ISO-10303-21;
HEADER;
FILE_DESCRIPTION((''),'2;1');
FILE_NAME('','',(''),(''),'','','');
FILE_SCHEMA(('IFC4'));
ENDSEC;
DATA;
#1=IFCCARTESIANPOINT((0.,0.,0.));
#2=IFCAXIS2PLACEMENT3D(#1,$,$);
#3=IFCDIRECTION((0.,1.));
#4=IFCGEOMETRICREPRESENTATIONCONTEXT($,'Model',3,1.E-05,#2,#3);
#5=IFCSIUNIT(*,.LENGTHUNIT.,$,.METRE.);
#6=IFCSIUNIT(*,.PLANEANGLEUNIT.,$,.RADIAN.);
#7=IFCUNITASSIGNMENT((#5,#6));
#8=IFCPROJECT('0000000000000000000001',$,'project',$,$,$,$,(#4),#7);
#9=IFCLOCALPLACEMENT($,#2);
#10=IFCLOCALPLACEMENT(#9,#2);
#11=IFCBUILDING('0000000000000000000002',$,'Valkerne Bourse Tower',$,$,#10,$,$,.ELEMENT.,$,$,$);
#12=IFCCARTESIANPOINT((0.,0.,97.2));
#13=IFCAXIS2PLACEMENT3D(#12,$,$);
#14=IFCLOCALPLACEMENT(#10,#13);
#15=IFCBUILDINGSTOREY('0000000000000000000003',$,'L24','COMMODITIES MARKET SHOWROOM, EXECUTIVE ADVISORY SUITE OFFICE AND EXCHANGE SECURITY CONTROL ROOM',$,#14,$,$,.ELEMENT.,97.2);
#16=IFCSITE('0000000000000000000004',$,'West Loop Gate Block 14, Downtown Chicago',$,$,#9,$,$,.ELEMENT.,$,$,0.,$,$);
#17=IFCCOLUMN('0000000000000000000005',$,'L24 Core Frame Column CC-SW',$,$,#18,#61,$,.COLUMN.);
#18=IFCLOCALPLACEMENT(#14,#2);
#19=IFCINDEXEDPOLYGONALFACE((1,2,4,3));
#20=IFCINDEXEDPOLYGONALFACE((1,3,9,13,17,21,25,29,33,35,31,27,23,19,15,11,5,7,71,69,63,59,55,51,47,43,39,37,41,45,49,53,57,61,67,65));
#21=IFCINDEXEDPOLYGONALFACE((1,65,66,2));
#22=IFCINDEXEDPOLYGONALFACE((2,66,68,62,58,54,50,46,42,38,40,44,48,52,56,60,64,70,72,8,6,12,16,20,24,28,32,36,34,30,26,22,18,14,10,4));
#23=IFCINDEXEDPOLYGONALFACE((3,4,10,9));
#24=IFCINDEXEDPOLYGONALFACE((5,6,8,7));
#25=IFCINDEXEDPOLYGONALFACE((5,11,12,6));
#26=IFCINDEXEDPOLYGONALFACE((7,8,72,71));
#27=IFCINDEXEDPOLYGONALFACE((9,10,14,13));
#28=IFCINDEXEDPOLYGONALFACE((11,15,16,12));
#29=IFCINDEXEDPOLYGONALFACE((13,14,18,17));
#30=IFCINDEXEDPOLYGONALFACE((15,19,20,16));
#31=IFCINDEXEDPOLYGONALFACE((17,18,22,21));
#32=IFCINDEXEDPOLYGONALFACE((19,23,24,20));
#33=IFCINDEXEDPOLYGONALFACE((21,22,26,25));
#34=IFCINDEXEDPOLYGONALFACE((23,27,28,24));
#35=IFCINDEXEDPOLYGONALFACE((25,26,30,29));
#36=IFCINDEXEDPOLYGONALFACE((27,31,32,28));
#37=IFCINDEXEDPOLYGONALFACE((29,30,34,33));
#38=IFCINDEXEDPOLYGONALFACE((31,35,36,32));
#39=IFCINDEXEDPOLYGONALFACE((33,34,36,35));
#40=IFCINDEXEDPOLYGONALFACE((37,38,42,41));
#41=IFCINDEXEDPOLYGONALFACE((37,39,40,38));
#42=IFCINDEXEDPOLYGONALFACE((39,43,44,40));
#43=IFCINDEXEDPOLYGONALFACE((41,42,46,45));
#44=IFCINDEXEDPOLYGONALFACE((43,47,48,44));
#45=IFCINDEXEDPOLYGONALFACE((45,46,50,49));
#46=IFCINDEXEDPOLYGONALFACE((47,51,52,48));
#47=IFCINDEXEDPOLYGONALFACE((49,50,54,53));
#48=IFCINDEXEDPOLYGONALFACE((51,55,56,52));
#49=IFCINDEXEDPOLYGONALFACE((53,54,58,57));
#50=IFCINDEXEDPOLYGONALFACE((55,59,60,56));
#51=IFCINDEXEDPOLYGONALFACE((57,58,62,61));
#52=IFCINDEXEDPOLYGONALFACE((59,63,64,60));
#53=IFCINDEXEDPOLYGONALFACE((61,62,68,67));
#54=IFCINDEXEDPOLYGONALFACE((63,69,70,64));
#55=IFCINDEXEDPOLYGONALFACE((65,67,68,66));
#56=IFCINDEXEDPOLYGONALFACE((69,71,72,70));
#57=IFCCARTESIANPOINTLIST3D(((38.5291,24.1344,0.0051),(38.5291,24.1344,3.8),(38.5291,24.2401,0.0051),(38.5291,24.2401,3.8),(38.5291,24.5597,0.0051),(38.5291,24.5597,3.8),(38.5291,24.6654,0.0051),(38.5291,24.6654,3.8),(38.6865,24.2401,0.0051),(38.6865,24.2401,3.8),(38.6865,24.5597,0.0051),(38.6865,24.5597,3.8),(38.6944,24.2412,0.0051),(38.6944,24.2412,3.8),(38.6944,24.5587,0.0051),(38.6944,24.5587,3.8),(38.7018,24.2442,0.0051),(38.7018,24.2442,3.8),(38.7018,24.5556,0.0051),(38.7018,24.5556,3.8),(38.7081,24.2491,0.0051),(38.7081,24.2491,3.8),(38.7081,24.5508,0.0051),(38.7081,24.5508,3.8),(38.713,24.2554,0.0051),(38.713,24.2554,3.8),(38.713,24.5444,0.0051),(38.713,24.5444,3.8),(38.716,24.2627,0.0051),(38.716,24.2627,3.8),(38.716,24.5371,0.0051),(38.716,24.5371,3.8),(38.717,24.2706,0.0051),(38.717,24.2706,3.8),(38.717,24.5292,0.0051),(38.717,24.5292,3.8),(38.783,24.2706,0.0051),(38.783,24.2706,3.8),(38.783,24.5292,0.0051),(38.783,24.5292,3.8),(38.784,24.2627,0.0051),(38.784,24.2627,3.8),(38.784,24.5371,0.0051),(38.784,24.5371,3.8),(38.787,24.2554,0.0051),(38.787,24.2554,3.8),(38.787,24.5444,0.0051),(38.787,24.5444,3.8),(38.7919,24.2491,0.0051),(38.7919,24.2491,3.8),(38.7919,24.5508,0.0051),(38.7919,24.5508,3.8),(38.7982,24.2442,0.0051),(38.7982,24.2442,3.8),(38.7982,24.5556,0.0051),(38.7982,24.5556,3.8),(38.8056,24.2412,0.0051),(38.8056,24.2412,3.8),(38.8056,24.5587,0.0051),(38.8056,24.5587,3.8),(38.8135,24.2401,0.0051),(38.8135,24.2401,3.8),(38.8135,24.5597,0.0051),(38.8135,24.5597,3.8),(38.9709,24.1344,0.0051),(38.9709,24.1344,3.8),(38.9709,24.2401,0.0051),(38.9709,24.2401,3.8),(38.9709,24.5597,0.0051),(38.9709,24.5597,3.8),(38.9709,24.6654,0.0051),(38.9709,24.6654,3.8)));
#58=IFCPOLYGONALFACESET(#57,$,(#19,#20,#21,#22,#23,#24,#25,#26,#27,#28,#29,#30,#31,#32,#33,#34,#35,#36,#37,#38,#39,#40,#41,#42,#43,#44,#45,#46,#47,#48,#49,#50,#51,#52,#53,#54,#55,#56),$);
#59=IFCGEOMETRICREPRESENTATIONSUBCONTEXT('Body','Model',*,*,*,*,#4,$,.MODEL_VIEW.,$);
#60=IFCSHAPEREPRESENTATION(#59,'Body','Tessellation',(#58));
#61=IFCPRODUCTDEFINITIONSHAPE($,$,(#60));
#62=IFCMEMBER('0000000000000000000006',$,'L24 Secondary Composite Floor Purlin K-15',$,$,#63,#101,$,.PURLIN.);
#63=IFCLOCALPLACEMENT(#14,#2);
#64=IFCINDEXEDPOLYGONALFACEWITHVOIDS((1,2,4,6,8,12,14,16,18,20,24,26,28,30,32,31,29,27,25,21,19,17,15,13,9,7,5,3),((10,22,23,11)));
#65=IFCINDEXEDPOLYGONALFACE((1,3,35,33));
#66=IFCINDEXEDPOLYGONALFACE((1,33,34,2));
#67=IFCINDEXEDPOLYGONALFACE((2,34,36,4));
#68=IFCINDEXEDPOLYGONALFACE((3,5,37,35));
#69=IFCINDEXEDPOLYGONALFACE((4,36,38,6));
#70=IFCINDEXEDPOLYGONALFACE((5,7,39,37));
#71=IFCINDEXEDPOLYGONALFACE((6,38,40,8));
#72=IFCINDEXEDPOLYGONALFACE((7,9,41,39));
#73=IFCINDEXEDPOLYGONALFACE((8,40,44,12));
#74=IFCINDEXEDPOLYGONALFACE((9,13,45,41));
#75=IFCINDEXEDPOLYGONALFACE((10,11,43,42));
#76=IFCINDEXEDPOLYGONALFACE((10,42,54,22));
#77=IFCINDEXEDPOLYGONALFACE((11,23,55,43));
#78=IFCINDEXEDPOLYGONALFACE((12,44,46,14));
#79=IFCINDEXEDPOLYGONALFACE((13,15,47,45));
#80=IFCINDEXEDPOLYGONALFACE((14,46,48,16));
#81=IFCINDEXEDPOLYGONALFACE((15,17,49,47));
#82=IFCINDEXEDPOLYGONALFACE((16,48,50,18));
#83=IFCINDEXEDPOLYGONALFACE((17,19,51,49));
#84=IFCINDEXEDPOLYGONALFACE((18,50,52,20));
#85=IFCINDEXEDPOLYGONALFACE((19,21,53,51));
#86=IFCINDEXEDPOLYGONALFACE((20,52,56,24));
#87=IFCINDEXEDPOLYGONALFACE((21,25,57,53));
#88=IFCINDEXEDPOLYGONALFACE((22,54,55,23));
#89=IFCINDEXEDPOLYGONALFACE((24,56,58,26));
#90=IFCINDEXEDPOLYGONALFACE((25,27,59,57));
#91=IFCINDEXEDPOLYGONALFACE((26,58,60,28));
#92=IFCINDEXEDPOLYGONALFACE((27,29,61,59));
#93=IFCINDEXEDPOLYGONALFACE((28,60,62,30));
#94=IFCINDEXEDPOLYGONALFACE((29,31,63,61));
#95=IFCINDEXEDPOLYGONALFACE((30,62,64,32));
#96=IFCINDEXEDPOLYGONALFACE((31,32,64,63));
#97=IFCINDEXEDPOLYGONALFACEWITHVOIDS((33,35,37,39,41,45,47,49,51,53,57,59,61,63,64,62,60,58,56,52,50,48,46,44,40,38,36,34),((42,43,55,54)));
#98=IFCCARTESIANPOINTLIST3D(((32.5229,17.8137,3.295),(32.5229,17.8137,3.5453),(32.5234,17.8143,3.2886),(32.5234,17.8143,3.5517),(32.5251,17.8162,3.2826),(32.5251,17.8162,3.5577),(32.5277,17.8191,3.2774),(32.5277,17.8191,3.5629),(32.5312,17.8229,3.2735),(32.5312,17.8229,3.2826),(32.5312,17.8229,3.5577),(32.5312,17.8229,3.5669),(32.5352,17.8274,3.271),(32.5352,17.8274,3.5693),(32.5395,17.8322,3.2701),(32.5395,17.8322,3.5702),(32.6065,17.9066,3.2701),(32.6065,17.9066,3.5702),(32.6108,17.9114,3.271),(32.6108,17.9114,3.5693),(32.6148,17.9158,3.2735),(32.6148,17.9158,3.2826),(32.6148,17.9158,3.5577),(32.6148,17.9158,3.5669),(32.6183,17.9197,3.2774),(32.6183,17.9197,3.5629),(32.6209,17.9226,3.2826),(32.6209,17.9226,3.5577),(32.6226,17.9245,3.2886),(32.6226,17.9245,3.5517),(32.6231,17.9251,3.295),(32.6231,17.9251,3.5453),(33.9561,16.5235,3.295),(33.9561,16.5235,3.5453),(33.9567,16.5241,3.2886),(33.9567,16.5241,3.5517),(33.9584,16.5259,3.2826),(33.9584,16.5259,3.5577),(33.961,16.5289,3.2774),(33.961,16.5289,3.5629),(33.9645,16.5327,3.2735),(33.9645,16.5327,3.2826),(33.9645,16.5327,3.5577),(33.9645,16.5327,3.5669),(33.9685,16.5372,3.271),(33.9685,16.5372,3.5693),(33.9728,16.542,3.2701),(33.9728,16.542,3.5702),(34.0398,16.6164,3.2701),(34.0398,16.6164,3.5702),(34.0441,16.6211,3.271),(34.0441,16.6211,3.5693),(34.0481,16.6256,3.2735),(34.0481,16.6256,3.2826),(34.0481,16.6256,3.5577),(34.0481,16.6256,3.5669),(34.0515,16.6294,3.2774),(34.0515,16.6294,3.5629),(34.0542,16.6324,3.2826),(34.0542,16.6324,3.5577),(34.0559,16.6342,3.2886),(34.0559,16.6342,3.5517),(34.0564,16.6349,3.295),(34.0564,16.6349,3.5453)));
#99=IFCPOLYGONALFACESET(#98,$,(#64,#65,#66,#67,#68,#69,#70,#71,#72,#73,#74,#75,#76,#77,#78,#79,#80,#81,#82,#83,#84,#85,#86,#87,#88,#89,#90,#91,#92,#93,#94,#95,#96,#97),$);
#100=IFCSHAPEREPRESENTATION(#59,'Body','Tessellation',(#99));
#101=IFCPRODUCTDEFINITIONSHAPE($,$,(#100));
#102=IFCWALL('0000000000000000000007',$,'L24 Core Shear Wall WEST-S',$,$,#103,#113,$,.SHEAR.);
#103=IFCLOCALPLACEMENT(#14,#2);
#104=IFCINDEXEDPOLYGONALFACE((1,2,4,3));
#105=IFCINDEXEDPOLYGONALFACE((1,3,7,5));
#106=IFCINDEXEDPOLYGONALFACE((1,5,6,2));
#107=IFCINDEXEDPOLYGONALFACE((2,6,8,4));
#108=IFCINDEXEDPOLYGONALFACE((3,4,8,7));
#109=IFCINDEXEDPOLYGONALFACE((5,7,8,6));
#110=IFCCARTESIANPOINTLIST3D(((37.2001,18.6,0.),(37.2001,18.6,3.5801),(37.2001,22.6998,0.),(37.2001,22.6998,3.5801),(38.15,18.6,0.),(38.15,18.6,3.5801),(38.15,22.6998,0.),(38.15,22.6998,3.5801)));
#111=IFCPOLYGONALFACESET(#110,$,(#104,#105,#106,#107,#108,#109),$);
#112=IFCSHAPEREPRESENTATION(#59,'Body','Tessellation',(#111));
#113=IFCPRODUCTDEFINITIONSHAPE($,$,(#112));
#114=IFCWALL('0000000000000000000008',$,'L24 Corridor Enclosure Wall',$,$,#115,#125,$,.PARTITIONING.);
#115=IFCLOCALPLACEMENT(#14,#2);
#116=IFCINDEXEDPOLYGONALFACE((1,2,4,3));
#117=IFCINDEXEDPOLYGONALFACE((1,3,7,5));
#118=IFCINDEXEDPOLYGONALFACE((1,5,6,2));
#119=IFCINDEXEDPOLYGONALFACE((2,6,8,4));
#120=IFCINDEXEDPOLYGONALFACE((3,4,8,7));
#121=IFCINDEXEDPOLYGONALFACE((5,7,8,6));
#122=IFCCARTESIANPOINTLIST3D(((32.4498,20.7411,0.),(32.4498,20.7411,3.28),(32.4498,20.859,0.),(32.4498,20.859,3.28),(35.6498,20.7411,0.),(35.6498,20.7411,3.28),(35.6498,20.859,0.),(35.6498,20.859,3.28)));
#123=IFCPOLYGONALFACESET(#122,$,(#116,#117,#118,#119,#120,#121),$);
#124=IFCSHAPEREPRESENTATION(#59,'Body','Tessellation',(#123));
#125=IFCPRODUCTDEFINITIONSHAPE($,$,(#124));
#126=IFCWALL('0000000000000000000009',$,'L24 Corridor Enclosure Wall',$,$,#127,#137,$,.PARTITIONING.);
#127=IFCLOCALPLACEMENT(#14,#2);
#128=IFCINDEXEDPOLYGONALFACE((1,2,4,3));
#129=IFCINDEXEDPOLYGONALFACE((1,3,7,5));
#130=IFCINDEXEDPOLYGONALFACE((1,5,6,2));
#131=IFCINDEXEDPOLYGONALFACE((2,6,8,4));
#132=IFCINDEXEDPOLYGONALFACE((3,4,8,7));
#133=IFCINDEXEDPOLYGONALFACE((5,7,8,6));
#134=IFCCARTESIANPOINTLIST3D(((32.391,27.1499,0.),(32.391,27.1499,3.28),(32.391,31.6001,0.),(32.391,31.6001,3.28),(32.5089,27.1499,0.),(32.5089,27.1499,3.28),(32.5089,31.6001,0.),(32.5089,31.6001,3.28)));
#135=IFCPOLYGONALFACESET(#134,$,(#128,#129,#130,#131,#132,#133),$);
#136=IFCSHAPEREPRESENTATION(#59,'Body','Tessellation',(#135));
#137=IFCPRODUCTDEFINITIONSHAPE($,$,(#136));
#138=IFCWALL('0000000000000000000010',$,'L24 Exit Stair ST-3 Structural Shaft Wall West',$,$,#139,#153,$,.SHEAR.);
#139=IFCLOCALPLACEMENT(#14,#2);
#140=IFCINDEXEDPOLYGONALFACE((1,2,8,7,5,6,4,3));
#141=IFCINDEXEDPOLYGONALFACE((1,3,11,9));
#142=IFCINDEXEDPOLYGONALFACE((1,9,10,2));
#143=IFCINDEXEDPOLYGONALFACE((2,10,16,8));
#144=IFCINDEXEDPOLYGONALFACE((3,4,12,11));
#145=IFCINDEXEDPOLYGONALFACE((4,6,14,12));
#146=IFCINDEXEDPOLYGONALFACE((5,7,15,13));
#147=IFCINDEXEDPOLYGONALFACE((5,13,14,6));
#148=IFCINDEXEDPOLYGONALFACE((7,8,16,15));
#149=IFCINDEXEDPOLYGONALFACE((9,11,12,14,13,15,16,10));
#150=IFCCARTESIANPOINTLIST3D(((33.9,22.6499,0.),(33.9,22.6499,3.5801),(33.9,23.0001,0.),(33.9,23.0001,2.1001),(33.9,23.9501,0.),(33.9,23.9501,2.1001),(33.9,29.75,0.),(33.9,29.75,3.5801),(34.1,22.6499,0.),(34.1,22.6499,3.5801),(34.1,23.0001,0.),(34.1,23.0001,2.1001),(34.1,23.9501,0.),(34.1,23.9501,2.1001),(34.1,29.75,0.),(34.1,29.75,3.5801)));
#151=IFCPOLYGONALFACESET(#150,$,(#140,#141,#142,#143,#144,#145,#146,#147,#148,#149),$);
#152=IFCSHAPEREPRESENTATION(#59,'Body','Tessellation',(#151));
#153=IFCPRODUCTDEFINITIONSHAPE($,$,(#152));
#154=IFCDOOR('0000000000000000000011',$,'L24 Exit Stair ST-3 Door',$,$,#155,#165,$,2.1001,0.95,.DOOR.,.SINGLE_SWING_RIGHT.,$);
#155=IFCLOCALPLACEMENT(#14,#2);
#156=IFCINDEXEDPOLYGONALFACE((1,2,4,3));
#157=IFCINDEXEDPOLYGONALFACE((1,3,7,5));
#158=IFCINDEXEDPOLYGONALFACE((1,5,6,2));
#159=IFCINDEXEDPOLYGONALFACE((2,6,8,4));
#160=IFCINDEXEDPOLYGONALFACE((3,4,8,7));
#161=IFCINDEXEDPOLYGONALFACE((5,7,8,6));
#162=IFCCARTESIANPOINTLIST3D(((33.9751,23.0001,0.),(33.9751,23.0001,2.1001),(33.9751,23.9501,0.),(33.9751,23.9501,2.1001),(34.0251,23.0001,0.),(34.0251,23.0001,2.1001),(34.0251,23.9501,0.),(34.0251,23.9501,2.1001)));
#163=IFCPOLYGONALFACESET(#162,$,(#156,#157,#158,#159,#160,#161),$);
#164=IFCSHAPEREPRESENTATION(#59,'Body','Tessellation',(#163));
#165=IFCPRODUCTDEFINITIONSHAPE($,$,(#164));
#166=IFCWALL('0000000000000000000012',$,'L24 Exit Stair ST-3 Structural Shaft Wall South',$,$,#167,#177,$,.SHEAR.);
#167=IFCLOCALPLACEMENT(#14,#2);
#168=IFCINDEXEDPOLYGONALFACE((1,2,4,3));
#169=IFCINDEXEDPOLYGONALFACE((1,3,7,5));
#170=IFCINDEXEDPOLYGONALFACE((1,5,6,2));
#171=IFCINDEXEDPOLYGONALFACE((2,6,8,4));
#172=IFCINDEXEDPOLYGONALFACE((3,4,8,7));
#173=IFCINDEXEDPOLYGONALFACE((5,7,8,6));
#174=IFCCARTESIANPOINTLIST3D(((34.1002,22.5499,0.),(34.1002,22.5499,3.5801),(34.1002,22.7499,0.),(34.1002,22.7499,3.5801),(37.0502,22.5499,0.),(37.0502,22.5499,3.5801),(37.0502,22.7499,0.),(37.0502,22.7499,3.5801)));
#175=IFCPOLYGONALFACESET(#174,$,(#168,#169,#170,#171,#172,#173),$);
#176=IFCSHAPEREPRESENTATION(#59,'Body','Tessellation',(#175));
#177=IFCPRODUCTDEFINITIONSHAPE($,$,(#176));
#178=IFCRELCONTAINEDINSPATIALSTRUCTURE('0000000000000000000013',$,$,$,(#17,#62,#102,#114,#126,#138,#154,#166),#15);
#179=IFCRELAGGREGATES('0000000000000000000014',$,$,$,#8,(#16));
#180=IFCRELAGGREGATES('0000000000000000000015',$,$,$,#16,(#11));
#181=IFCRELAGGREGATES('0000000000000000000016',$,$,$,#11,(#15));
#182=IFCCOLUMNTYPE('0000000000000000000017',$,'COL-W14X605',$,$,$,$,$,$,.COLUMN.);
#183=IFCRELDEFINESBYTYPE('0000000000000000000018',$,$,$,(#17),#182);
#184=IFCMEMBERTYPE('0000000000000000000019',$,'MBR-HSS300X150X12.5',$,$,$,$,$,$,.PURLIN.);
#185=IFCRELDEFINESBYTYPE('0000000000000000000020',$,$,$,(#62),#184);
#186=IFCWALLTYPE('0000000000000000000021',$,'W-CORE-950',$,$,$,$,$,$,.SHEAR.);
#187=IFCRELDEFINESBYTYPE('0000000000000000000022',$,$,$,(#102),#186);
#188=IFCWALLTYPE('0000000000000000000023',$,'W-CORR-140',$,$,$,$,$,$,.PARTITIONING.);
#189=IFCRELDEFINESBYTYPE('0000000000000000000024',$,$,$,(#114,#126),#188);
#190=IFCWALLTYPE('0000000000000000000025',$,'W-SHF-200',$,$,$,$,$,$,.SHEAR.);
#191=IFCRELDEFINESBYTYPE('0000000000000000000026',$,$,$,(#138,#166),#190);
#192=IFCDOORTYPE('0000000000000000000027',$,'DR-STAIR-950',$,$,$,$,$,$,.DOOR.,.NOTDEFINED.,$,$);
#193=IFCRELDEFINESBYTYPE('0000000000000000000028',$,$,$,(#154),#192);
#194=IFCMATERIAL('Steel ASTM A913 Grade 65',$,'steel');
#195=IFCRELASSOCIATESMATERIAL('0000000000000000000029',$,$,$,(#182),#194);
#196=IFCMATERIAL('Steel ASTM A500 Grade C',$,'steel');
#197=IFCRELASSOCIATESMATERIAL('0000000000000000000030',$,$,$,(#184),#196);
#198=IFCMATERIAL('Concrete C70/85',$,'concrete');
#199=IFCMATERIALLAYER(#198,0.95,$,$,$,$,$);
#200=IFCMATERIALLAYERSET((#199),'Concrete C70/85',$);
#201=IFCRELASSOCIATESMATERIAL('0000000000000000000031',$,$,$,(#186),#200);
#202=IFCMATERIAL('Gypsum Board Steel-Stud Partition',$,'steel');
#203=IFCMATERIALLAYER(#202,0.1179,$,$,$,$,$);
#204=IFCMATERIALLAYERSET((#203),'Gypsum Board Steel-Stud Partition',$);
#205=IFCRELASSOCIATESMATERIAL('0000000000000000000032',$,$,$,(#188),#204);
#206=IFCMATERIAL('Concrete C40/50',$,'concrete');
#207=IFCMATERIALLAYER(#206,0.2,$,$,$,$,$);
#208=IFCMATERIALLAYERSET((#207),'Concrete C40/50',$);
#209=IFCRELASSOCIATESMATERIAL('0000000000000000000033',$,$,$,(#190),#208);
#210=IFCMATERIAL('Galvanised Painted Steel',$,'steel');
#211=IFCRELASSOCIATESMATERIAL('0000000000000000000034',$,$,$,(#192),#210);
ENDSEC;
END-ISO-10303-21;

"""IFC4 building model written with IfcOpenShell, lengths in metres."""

from ifc_helpers import new_model, si_unit, direction, frame, frame_2d, origin, origin_2d, place, context, subcontext, project, spatial, rectangle, hollow_rectangle, i_section, extrude, material, layer, layer_set, material_profile, profile_set, type_object, element, fill, save


model = new_model("IFC4")

# Units and contexts
model_context = context("Model", 3, precision=1e-05, world=origin(), true_north=direction((0.0, 1.0)))
body_context = subcontext(model_context, "Body", "Model", "MODEL_VIEW")
ifc_project = project(units=[si_unit("LENGTHUNIT", "METRE"), si_unit("PLANEANGLEUNIT", "RADIAN")], contexts=[model_context])

# Site, building, storey
site_placement = place(None, origin())
site = spatial("IfcSite", under=ifc_project, at=site_placement, Name="West Loop Gate Block 14, Downtown Chicago", CompositionType="ELEMENT", RefElevation=0.0)
building_placement = place(site_placement, origin())
building = spatial("IfcBuilding", under=site, at=building_placement, Name="Valkerne Bourse Tower", CompositionType="ELEMENT")
storey_placement = place(building_placement, frame((0.0, 0.0, 97.2)))
storey = spatial("IfcBuildingStorey", under=building, at=storey_placement, Name="L24", Description="COMMODITIES MARKET SHOWROOM, EXECUTIVE ADVISORY SUITE OFFICE AND EXCHANGE SECURITY CONTROL ROOM", CompositionType="ELEMENT", Elevation=97.2)

# Column
ifc_material_1 = material(Name="Steel ASTM A913 Grade 65", Category="steel")
ifc_material_profile_1 = material_profile(ifc_material_1, i_section(OverallWidth=0.4419, OverallDepth=0.531, WebThickness=0.0659, FlangeThickness=0.1057, FilletRadius=0.0305, at=origin_2d()), Name="W14X605")
ifc_profile_set_1 = profile_set([ifc_material_profile_1], Name="Steel ASTM A913 Grade 65")
column_type = type_object("IfcColumnType", Name="COL-W14X605", PredefinedType="COLUMN", material=ifc_profile_set_1)
column_placement = place(storey_placement, frame((38.75, 24.3999, 0.0051), z_axis=(0.0, 0.0, 1.0), x_axis=(1.0, 0.0, 0.0)))
element("IfcColumn", 1, at=column_placement, inside=storey, type_object=column_type, Name="L24 Core Frame Column CC-SW", PredefinedType="COLUMN", context=body_context, shape_type="SweptSolid", body=[
    extrude(i_section(OverallWidth=0.4419, OverallDepth=0.531, WebThickness=0.0659, FlangeThickness=0.1057, FilletRadius=0.0305, at=origin_2d()), origin(), (0.0, 0.0, 1.0), 3.7949),
])

# Member
ifc_material_2 = material(Name="Steel ASTM A500 Grade C", Category="steel")
ifc_material_profile_2 = material_profile(ifc_material_2, hollow_rectangle(XDim=0.1499, YDim=0.3, WallThickness=0.0125, OuterFilletRadius=0.0249, at=origin_2d()), Name="HSS300X150X12.5")
ifc_profile_set_2 = profile_set([ifc_material_profile_2], Name="Steel ASTM A500 Grade C")
member_type = type_object("IfcMemberType", Name="MBR-HSS300X150X12.5", PredefinedType="PURLIN", material=ifc_profile_set_2)
member_placement = place(storey_placement, frame((32.573, 17.8694, 3.4202), z_axis=(0.743225, -0.669042, 0.0), x_axis=(0.669042, 0.743225, 0.0)))
element("IfcMember", 2, at=member_placement, inside=storey, type_object=member_type, Name="L24 Secondary Composite Floor Purlin K-15", PredefinedType="PURLIN", context=body_context, shape_type="SweptSolid", body=[
    extrude(hollow_rectangle(XDim=0.1499, YDim=0.3, WallThickness=0.0125, OuterFilletRadius=0.0249, at=origin_2d()), origin(), (0.0, 0.0, 1.0), 1.9285),
])

# Shared definitions
ifc_material_3 = material(Name="Concrete C70/85", Category="concrete")
ifc_layer_1 = layer(ifc_material_3, 0.95)
ifc_layer_set_1 = layer_set([ifc_layer_1], Name="Concrete C70/85")
wall_type_1 = type_object("IfcWallType", Name="W-CORE-950", PredefinedType="SHEAR", material=ifc_layer_set_1)
ifc_material_4 = material(Name="Galvanised Painted Steel", Category="steel")

# Walls
wall_1_placement = place(storey_placement, frame((37.675, 18.6001, 0.0), z_axis=(0.0, 0.0, 1.0), x_axis=(0.0, 1.0, 0.0)))
element("IfcWall", 3, at=wall_1_placement, inside=storey, type_object=wall_type_1, Name="L24 Core Shear Wall WEST-S", PredefinedType="SHEAR", context=body_context, shape_type="SweptSolid", body=[
    extrude(rectangle(XDim=4.0999, YDim=0.95, at=frame_2d((2.0498, 0.0))), origin(), (0.0, 0.0, 1.0), 3.5801),
])
ifc_material_5 = material(Name="Gypsum Board Steel-Stud Partition", Category="steel")
ifc_layer_2 = layer(ifc_material_5, 0.1179)
ifc_layer_set_2 = layer_set([ifc_layer_2], Name="Gypsum Board Steel-Stud Partition")
wall_type_2 = type_object("IfcWallType", Name="W-CORR-140", PredefinedType="PARTITIONING", material=ifc_layer_set_2)
wall_2_placement = place(storey_placement, frame((35.6499, 20.8, 0.0), z_axis=(0.0, 0.0, 1.0), x_axis=(-1.0, 0.0, 0.0)))
element("IfcWall", 4, at=wall_2_placement, inside=storey, type_object=wall_type_2, Name="L24 Corridor Enclosure Wall", PredefinedType="PARTITIONING", context=body_context, shape_type="SweptSolid", body=[
    extrude(rectangle(XDim=3.2, YDim=0.1179, at=frame_2d((1.6001, 0.0))), origin(), (0.0, 0.0, 1.0), 3.28),
])
wall_3_placement = place(storey_placement, frame((32.45, 27.1499, 0.0), z_axis=(0.0, 0.0, 1.0), x_axis=(0.0, 1.0, 0.0)))
element("IfcWall", 5, at=wall_3_placement, inside=storey, type_object=wall_type_2, Name="L24 Corridor Enclosure Wall", PredefinedType="PARTITIONING", context=body_context, shape_type="SweptSolid", body=[
    extrude(rectangle(XDim=4.4502, YDim=0.1179, at=frame_2d((2.2251, 0.0))), origin(), (0.0, 0.0, 1.0), 3.28),
])

# Wall, opening, door
ifc_material_6 = material(Name="Concrete C40/50", Category="concrete")
ifc_layer_3 = layer(ifc_material_6, 0.2)
ifc_layer_set_3 = layer_set([ifc_layer_3], Name="Concrete C40/50")
wall_type_3 = type_object("IfcWallType", Name="W-SHF-200", PredefinedType="SHEAR", material=ifc_layer_set_3)
wall_4_placement = place(storey_placement, frame((34.0, 22.6499, 0.0), z_axis=(0.0, 0.0, 1.0), x_axis=(0.0, 1.0, 0.0)))
wall_4 = element("IfcWall", 6, at=wall_4_placement, inside=storey, type_object=wall_type_3, Name="L24 Exit Stair ST-3 Structural Shaft Wall West", PredefinedType="SHEAR", context=body_context, shape_type="SweptSolid", body=[
    extrude(rectangle(XDim=7.1001, YDim=0.2, at=frame_2d((3.55, 0.0))), origin(), (0.0, 0.0, 1.0), 3.5801),
])
opening_1_placement = place(wall_4_placement, frame((0.3501, 0.0, 0.0)))
opening_1 = element("IfcOpeningElement", 7, at=opening_1_placement, cuts=wall_4, PredefinedType="OPENING", context=body_context, shape_type="SweptSolid", body=[
    extrude(rectangle(XDim=0.95, YDim=2.1001, at=frame_2d((0.4751, 1.05))), frame((0.0, 0.1099, 0.0), z_axis=(0.0, -1.0, 0.0), x_axis=(1.0, 0.0, 0.0)), (0.0, 0.0, 1.0), 0.22),
])
door_type_1 = type_object("IfcDoorType", Name="DR-STAIR-950", OperationType="NOTDEFINED", PredefinedType="DOOR", material=ifc_material_4)
door_1_placement = place(opening_1_placement, origin())
door_1 = element("IfcDoor", 8, at=door_1_placement, inside=storey, type_object=door_type_1, Name="L24 Exit Stair ST-3 Door", OperationType="SINGLE_SWING_RIGHT", OverallHeight=2.1001, OverallWidth=0.95, PredefinedType="DOOR", context=body_context, shape_type="SweptSolid", body=[
    extrude(rectangle(XDim=0.95, YDim=2.1001, at=frame_2d((0.4751, 1.05))), frame((0.0, 0.0249, 0.0), z_axis=(0.0, -1.0, 0.0), x_axis=(1.0, 0.0, 0.0)), (0.0, 0.0, 1.0), 0.05),
])
fill(opening_1, door_1)

# Wall
for number, where, z_axis, x_axis, name in (
    (9, (34.1001, 22.6499, 0.0), (0.0, 0.0, 1.0), (1.0, 0.0, 0.0), "L24 Exit Stair ST-3 Structural Shaft Wall South"),
):
    element("IfcWall", number, at=place(storey_placement, frame(where, z_axis=z_axis, x_axis=x_axis)), inside=storey, type_object=wall_type_3, Name=name, PredefinedType="SHEAR", context=body_context, shape_type="SweptSolid", body=[
        extrude(rectangle(XDim=2.95, YDim=0.2, at=frame_2d((1.4751, 0.0))), origin(), (0.0, 0.0, 1.0), 3.5801),
    ])

save(model, "model.ifc")
